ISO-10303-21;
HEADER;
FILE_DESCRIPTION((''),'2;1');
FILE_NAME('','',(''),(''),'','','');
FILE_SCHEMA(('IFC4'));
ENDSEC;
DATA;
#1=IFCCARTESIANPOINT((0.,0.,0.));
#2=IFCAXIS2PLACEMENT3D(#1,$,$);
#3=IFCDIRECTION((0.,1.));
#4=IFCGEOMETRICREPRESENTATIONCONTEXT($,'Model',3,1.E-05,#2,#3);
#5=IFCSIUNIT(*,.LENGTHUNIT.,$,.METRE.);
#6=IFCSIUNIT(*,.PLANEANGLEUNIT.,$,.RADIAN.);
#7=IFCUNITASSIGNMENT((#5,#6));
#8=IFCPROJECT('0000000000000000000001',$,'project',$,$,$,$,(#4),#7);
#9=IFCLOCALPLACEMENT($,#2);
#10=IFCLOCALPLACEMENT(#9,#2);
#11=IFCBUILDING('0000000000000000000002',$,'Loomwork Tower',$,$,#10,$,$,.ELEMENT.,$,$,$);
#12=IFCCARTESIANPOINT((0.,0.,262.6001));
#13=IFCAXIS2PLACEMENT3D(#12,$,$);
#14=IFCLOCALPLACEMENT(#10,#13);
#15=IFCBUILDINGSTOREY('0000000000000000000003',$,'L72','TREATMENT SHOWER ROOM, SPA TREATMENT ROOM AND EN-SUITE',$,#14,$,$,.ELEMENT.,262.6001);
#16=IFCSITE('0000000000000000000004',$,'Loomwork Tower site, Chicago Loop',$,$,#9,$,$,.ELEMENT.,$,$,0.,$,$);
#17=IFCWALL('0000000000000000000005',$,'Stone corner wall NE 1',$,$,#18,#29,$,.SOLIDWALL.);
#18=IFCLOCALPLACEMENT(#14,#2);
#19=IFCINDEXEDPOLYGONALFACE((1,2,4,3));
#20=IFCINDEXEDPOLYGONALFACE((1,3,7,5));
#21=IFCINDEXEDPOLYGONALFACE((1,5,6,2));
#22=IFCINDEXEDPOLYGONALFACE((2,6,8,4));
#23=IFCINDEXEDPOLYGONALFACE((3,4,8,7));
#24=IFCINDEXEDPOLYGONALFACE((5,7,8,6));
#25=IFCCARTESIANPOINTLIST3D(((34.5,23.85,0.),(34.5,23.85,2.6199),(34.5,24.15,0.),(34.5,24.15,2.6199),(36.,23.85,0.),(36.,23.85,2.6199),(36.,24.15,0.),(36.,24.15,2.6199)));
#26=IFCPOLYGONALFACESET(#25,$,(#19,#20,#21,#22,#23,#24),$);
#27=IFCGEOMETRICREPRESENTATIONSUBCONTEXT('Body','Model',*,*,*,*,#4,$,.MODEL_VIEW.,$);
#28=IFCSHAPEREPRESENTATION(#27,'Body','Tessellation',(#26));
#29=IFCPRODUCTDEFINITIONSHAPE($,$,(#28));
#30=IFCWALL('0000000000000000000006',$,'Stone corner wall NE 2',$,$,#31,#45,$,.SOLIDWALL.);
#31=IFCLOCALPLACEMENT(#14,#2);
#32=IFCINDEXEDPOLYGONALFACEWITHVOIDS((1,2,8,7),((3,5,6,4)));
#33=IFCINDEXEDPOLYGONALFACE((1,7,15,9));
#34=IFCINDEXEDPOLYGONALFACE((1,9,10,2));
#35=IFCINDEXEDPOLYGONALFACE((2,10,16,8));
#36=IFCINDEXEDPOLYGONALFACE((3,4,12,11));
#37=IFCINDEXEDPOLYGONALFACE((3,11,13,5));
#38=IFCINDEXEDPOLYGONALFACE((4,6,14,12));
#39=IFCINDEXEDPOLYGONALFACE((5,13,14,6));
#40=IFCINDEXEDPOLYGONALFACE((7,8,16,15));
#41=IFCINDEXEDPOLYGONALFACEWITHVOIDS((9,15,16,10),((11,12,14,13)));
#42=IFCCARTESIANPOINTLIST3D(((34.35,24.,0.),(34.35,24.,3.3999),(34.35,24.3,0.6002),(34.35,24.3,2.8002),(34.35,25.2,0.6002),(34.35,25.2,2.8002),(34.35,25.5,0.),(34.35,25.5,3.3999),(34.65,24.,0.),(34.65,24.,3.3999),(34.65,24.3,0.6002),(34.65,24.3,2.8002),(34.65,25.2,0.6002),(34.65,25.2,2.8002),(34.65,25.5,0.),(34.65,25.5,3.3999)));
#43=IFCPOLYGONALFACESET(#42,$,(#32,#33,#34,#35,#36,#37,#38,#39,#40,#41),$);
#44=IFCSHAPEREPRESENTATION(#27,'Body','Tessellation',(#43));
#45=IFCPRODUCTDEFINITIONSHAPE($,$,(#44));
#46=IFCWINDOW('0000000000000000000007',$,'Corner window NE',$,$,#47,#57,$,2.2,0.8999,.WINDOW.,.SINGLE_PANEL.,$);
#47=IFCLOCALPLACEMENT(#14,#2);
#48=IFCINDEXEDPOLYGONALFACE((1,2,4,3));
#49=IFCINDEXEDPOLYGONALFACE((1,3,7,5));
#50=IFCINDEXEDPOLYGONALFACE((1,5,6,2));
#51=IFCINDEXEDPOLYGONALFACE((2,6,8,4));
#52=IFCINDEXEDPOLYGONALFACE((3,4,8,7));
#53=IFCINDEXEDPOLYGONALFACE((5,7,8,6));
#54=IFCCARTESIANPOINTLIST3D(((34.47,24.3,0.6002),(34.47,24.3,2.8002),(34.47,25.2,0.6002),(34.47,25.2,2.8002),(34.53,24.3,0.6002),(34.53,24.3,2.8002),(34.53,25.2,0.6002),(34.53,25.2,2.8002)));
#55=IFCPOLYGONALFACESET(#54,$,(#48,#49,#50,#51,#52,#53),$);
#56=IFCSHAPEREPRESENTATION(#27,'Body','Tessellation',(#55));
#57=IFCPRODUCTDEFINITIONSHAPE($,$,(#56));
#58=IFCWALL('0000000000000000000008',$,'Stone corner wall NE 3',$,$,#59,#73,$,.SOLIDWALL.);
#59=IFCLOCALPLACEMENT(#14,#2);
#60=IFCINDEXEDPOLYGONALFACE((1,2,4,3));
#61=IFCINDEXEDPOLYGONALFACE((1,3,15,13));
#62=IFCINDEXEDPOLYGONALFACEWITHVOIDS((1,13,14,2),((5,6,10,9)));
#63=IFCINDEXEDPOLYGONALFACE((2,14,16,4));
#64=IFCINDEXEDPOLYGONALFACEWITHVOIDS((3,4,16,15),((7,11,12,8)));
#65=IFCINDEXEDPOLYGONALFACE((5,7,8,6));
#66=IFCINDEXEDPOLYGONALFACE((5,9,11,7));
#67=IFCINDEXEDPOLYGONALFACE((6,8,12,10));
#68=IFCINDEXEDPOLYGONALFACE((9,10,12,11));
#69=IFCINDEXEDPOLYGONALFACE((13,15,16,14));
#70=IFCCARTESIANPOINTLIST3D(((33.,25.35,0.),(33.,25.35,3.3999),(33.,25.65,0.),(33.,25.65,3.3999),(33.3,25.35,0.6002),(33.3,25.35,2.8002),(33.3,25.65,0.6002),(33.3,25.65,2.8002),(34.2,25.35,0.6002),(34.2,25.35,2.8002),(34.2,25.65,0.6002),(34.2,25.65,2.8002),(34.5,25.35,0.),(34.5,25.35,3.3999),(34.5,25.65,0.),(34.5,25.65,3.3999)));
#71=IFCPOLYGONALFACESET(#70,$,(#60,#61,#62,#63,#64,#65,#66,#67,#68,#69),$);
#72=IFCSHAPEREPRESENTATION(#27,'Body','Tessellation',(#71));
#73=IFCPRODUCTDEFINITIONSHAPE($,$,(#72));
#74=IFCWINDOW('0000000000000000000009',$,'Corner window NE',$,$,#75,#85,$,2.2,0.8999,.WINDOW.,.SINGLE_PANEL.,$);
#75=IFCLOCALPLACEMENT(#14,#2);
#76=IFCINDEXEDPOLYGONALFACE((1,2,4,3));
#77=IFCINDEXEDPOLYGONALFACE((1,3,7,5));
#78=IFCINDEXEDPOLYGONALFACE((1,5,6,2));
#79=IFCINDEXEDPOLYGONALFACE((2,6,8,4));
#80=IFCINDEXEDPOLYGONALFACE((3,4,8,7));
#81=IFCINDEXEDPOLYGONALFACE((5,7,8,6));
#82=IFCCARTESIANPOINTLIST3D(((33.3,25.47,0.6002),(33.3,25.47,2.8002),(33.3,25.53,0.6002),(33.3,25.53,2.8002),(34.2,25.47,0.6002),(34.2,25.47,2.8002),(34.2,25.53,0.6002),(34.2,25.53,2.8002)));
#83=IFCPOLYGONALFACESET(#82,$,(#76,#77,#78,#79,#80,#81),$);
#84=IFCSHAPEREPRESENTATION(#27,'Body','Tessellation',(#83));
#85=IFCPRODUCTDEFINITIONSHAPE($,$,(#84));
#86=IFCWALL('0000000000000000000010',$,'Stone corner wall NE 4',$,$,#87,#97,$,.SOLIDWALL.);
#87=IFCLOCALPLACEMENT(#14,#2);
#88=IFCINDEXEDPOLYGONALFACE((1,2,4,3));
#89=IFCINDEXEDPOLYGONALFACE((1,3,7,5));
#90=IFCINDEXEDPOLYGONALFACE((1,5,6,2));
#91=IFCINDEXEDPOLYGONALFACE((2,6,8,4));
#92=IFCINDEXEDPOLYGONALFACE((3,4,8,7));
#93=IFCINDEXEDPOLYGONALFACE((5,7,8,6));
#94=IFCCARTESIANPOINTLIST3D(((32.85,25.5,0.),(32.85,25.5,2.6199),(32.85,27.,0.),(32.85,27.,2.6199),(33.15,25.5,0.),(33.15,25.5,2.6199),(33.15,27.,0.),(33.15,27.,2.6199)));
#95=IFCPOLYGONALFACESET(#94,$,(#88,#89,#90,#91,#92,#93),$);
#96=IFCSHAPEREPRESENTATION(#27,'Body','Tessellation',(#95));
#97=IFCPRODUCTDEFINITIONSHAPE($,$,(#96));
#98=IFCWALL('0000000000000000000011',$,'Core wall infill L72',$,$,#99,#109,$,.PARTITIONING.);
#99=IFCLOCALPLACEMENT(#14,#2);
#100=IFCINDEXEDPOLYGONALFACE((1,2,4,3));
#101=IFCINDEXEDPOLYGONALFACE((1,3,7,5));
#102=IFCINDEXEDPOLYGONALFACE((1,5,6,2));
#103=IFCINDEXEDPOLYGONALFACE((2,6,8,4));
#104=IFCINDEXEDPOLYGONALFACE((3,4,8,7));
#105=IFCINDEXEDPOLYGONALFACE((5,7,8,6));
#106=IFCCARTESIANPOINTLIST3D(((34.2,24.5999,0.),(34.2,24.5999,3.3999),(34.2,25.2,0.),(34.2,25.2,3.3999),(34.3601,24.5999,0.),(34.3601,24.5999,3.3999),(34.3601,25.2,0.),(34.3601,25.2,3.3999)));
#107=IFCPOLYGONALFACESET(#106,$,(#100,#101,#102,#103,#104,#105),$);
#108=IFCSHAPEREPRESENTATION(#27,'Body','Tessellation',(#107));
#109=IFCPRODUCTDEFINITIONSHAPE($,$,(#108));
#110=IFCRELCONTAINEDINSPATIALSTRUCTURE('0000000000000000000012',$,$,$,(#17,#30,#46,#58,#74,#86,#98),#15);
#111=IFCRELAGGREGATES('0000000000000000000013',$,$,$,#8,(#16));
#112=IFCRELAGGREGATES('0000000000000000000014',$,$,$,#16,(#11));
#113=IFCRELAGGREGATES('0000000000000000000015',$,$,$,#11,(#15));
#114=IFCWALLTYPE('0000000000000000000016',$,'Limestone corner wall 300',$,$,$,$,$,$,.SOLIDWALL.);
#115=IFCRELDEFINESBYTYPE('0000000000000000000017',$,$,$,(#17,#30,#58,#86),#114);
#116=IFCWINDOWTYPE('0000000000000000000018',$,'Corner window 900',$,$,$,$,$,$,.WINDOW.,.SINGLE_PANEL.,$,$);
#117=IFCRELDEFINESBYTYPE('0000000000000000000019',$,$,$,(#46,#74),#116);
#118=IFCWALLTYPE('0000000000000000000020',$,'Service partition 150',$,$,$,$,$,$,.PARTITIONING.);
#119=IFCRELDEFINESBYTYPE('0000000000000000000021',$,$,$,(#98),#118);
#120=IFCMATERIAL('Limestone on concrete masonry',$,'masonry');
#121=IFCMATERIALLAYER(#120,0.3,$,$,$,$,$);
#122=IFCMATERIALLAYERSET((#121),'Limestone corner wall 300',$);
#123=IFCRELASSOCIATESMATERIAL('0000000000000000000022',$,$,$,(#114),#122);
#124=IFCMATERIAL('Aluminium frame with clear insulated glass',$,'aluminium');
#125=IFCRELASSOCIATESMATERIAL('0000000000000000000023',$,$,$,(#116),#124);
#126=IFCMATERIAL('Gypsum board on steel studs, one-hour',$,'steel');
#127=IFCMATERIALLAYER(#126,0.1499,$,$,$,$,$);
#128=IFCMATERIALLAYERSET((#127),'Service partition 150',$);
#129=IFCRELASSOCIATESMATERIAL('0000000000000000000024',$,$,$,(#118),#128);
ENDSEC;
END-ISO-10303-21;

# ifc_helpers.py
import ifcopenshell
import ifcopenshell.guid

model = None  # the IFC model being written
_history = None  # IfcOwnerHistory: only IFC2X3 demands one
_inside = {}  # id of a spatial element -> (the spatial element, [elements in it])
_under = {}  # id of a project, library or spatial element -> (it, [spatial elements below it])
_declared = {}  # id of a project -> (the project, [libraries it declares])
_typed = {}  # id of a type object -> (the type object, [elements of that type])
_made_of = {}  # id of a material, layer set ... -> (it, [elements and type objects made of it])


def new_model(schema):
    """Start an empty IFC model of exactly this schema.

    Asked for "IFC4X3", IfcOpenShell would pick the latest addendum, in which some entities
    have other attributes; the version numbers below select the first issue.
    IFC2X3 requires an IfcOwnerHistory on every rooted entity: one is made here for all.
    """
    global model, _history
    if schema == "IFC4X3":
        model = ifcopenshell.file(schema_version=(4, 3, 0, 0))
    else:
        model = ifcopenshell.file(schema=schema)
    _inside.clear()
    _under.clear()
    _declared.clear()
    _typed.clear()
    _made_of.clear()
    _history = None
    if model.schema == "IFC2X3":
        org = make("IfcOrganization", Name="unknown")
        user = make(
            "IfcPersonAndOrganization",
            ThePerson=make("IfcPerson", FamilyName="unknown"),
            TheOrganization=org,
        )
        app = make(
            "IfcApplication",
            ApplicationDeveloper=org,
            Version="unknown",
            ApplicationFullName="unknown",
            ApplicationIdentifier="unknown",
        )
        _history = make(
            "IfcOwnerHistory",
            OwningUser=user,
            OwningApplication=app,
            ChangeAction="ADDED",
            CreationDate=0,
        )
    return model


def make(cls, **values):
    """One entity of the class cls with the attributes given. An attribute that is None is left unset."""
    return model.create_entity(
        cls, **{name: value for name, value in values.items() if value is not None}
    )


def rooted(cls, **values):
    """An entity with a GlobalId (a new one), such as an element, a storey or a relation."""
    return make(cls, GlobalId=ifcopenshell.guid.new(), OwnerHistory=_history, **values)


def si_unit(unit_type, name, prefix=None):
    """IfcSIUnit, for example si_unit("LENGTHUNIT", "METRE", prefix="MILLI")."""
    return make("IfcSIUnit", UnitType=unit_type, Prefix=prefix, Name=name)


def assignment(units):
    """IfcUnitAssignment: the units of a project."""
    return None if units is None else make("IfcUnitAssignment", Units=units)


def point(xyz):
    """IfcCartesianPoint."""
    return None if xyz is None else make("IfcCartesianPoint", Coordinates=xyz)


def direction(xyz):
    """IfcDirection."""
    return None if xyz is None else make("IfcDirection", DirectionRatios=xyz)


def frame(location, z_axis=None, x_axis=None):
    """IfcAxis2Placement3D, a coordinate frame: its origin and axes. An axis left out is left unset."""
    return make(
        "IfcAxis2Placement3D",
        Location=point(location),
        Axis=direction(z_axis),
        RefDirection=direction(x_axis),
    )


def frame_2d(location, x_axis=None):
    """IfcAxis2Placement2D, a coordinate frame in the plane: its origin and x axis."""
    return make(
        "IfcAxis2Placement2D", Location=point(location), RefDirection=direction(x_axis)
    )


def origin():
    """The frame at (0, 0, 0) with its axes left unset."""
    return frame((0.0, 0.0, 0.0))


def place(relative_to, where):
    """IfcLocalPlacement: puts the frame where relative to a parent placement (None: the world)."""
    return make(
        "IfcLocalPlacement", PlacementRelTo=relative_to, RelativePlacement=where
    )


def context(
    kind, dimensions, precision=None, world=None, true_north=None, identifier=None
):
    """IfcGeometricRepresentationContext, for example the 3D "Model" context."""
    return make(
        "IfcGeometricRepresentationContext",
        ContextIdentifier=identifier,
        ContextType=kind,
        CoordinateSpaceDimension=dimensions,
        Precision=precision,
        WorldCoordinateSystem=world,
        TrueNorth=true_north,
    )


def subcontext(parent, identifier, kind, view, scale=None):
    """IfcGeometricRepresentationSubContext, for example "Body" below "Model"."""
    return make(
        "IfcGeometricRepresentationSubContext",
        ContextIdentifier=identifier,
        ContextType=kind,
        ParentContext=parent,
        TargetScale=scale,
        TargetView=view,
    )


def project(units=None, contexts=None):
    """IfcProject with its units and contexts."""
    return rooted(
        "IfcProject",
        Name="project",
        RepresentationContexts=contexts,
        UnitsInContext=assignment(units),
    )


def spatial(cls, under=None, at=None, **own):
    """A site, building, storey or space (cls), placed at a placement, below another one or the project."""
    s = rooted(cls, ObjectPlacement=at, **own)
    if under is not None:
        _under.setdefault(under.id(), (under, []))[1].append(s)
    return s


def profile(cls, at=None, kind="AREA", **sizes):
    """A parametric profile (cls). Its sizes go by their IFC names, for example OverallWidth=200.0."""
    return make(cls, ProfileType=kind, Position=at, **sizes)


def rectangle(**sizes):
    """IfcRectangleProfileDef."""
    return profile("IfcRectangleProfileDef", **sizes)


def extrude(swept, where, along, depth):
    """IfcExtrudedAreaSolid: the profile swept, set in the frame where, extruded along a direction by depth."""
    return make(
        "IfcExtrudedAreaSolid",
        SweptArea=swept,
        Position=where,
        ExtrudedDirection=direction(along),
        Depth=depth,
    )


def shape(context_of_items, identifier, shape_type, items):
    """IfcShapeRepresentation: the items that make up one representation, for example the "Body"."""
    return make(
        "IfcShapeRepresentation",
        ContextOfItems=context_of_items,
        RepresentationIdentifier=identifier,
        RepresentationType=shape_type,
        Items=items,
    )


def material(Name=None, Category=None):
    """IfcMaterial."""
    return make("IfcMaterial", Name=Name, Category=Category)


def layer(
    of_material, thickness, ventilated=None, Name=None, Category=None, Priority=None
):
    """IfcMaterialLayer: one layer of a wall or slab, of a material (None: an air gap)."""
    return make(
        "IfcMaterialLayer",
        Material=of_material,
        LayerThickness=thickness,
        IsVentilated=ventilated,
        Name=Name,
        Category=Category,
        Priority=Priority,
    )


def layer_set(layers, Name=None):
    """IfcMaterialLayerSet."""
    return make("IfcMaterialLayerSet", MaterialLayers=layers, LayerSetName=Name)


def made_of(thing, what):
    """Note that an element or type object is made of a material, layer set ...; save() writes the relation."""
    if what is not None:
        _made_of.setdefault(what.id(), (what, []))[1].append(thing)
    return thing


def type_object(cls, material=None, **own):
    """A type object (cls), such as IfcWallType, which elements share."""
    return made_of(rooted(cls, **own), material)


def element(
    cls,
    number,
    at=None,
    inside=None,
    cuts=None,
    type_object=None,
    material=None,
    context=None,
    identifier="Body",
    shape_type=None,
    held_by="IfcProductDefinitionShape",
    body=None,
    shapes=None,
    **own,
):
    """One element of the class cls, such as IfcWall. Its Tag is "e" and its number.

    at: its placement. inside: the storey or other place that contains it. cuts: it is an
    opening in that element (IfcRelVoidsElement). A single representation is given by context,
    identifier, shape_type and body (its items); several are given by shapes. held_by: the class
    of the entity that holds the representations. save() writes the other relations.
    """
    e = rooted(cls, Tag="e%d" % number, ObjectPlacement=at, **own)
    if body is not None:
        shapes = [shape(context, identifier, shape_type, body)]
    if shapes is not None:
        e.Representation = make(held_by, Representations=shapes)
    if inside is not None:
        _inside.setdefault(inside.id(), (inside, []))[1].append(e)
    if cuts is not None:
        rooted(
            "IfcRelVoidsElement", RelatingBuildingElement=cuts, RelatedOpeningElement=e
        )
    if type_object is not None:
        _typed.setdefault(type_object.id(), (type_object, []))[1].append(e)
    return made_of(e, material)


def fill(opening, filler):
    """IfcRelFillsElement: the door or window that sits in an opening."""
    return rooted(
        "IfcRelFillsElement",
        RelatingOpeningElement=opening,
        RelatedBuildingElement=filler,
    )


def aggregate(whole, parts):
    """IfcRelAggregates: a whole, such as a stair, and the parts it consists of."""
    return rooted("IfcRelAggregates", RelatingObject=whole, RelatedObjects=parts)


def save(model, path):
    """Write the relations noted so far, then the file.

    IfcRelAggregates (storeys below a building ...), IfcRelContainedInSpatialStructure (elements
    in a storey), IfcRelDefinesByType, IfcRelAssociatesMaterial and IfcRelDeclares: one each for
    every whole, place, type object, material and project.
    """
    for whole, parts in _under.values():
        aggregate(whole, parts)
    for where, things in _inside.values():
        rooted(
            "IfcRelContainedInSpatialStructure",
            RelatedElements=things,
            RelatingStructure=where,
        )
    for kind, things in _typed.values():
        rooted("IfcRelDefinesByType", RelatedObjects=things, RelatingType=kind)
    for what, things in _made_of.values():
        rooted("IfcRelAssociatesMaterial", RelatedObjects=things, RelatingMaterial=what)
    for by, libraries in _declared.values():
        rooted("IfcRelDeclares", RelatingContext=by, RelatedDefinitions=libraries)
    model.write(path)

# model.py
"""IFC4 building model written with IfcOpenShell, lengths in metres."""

from ifc_helpers import new_model, si_unit, direction, frame, frame_2d, origin, place, context, subcontext, project, spatial, rectangle, extrude, material, layer, layer_set, type_object, element, fill, save


model = new_model("IFC4")

# Units and contexts
model_context = context("Model", 3, precision=1e-05, world=origin(), true_north=direction((0.0, 1.0)))
body_context = subcontext(model_context, "Body", "Model", "MODEL_VIEW")
ifc_project = project(units=[si_unit("LENGTHUNIT", "METRE"), si_unit("PLANEANGLEUNIT", "RADIAN")], contexts=[model_context])

# Site, building, storey
site_placement = place(None, origin())
site = spatial("IfcSite", under=ifc_project, at=site_placement, Name="Loomwork Tower site, Chicago Loop", CompositionType="ELEMENT", RefElevation=0.0)
building_placement = place(site_placement, origin())
building = spatial("IfcBuilding", under=site, at=building_placement, Name="Loomwork Tower", CompositionType="ELEMENT")
storey_placement = place(building_placement, frame((0.0, 0.0, 262.6001)))
storey = spatial("IfcBuildingStorey", under=building, at=storey_placement, Name="L72", Description="TREATMENT SHOWER ROOM, SPA TREATMENT ROOM AND EN-SUITE", CompositionType="ELEMENT", Elevation=262.6001)

# Wall
ifc_material_1 = material(Name="Limestone on concrete masonry", Category="masonry")
ifc_layer_1 = layer(ifc_material_1, 0.3)
ifc_layer_set_1 = layer_set([ifc_layer_1], Name="Limestone corner wall 300")
wall_type_1 = type_object("IfcWallType", Name="Limestone corner wall 300", PredefinedType="SOLIDWALL", material=ifc_layer_set_1)
wall_1_placement = place(storey_placement, frame((36.0, 24.0, 0.0), z_axis=(0.0, 0.0, 1.0), x_axis=(-1.0, 0.0, 0.0)))
element("IfcWall", 1, at=wall_1_placement, inside=storey, type_object=wall_type_1, Name="Stone corner wall NE 1", PredefinedType="SOLIDWALL", context=body_context, shape_type="SweptSolid", body=[
    extrude(rectangle(XDim=1.5, YDim=0.3, at=frame_2d((0.75, 0.0))), origin(), (0.0, 0.0, 1.0), 2.6199),
])

# Walls, openings, windows
wall_2_placement = place(storey_placement, frame((34.5, 24.0, 0.0), z_axis=(0.0, 0.0, 1.0), x_axis=(0.0, 1.0, 0.0)))
wall_2 = element("IfcWall", 2, at=wall_2_placement, inside=storey, type_object=wall_type_1, Name="Stone corner wall NE 2", PredefinedType="SOLIDWALL", context=body_context, shape_type="SweptSolid", body=[
    extrude(rectangle(XDim=1.5, YDim=0.3, at=frame_2d((0.75, 0.0))), origin(), (0.0, 0.0, 1.0), 3.3999),
])
opening_1_placement = place(wall_2_placement, frame((0.3, 0.0, 0.6001)))
opening_1 = element("IfcOpeningElement", 3, at=opening_1_placement, cuts=wall_2, PredefinedType="OPENING", context=body_context, shape_type="SweptSolid", body=[
    extrude(rectangle(XDim=0.8999, YDim=2.2, at=frame_2d((0.45, 1.1001))), frame((0.0, 0.1599, 0.0), z_axis=(0.0, -1.0, 0.0), x_axis=(1.0, 0.0, 0.0)), (0.0, 0.0, 1.0), 0.3201),
])
ifc_material_2 = material(Name="Aluminium frame with clear insulated glass", Category="aluminium")
window_type = type_object("IfcWindowType", Name="Corner window 900", PartitioningType="SINGLE_PANEL", PredefinedType="WINDOW", material=ifc_material_2)
window_1_placement = place(opening_1_placement, origin())
window_1 = element("IfcWindow", 4, at=window_1_placement, inside=storey, type_object=window_type, Name="Corner window NE", OverallHeight=2.2, OverallWidth=0.8999, PartitioningType="SINGLE_PANEL", PredefinedType="WINDOW", context=body_context, shape_type="SweptSolid", body=[
    extrude(rectangle(XDim=0.8999, YDim=2.2, at=frame_2d((0.45, 1.1001))), frame((0.0, 0.03, 0.0), z_axis=(0.0, -1.0, 0.0), x_axis=(1.0, 0.0, 0.0)), (0.0, 0.0, 1.0), 0.0601),
])
fill(opening_1, window_1)
wall_3_placement = place(storey_placement, frame((34.5, 25.5, 0.0), z_axis=(0.0, 0.0, 1.0), x_axis=(-1.0, 0.0, 0.0)))
wall_3 = element("IfcWall", 5, at=wall_3_placement, inside=storey, type_object=wall_type_1, Name="Stone corner wall NE 3", PredefinedType="SOLIDWALL", context=body_context, shape_type="SweptSolid", body=[
    extrude(rectangle(XDim=1.5, YDim=0.3, at=frame_2d((0.75, 0.0))), origin(), (0.0, 0.0, 1.0), 3.3999),
])
opening_2_placement = place(wall_3_placement, frame((0.3, 0.0, 0.6001)))
opening_2 = element("IfcOpeningElement", 6, at=opening_2_placement, cuts=wall_3, PredefinedType="OPENING", context=body_context, shape_type="SweptSolid", body=[
    extrude(rectangle(XDim=0.8999, YDim=2.2, at=frame_2d((0.45, 1.1001))), frame((0.0, 0.1599, 0.0), z_axis=(0.0, -1.0, 0.0), x_axis=(1.0, 0.0, 0.0)), (0.0, 0.0, 1.0), 0.3201),
])
window_2_placement = place(opening_2_placement, origin())
window_2 = element("IfcWindow", 7, at=window_2_placement, inside=storey, type_object=window_type, Name="Corner window NE", OverallHeight=2.2, OverallWidth=0.8999, PartitioningType="SINGLE_PANEL", PredefinedType="WINDOW", context=body_context, shape_type="SweptSolid", body=[
    extrude(rectangle(XDim=0.8999, YDim=2.2, at=frame_2d((0.45, 1.1001))), frame((0.0, 0.03, 0.0), z_axis=(0.0, -1.0, 0.0), x_axis=(1.0, 0.0, 0.0)), (0.0, 0.0, 1.0), 0.0601),
])
fill(opening_2, window_2)

# Walls
wall_4_placement = place(storey_placement, frame((33.0, 25.5, 0.0), z_axis=(0.0, 0.0, 1.0), x_axis=(0.0, 1.0, 0.0)))
element("IfcWall", 8, at=wall_4_placement, inside=storey, type_object=wall_type_1, Name="Stone corner wall NE 4", PredefinedType="SOLIDWALL", context=body_context, shape_type="SweptSolid", body=[
    extrude(rectangle(XDim=1.5, YDim=0.3, at=frame_2d((0.75, 0.0))), origin(), (0.0, 0.0, 1.0), 2.6199),
])
ifc_material_3 = material(Name="Gypsum board on steel studs, one-hour", Category="steel")
ifc_layer_2 = layer(ifc_material_3, 0.1499)
ifc_layer_set_2 = layer_set([ifc_layer_2], Name="Service partition 150")
wall_type_2 = type_object("IfcWallType", Name="Service partition 150", PredefinedType="PARTITIONING", material=ifc_layer_set_2)
wall_5_placement = place(storey_placement, frame((34.2, 24.8999, 0.0), z_axis=(0.0, 0.0, 1.0), x_axis=(1.0, 0.0, 0.0)))
element("IfcWall", 9, at=wall_5_placement, inside=storey, type_object=wall_type_2, Name="Core wall infill L72", PredefinedType="PARTITIONING", context=body_context, shape_type="SweptSolid", body=[
    extrude(rectangle(XDim=0.1602, YDim=0.6001, at=frame_2d((0.0801, 0.0))), origin(), (0.0, 0.0, 1.0), 3.3999),
])

save(model, "model.ifc")
